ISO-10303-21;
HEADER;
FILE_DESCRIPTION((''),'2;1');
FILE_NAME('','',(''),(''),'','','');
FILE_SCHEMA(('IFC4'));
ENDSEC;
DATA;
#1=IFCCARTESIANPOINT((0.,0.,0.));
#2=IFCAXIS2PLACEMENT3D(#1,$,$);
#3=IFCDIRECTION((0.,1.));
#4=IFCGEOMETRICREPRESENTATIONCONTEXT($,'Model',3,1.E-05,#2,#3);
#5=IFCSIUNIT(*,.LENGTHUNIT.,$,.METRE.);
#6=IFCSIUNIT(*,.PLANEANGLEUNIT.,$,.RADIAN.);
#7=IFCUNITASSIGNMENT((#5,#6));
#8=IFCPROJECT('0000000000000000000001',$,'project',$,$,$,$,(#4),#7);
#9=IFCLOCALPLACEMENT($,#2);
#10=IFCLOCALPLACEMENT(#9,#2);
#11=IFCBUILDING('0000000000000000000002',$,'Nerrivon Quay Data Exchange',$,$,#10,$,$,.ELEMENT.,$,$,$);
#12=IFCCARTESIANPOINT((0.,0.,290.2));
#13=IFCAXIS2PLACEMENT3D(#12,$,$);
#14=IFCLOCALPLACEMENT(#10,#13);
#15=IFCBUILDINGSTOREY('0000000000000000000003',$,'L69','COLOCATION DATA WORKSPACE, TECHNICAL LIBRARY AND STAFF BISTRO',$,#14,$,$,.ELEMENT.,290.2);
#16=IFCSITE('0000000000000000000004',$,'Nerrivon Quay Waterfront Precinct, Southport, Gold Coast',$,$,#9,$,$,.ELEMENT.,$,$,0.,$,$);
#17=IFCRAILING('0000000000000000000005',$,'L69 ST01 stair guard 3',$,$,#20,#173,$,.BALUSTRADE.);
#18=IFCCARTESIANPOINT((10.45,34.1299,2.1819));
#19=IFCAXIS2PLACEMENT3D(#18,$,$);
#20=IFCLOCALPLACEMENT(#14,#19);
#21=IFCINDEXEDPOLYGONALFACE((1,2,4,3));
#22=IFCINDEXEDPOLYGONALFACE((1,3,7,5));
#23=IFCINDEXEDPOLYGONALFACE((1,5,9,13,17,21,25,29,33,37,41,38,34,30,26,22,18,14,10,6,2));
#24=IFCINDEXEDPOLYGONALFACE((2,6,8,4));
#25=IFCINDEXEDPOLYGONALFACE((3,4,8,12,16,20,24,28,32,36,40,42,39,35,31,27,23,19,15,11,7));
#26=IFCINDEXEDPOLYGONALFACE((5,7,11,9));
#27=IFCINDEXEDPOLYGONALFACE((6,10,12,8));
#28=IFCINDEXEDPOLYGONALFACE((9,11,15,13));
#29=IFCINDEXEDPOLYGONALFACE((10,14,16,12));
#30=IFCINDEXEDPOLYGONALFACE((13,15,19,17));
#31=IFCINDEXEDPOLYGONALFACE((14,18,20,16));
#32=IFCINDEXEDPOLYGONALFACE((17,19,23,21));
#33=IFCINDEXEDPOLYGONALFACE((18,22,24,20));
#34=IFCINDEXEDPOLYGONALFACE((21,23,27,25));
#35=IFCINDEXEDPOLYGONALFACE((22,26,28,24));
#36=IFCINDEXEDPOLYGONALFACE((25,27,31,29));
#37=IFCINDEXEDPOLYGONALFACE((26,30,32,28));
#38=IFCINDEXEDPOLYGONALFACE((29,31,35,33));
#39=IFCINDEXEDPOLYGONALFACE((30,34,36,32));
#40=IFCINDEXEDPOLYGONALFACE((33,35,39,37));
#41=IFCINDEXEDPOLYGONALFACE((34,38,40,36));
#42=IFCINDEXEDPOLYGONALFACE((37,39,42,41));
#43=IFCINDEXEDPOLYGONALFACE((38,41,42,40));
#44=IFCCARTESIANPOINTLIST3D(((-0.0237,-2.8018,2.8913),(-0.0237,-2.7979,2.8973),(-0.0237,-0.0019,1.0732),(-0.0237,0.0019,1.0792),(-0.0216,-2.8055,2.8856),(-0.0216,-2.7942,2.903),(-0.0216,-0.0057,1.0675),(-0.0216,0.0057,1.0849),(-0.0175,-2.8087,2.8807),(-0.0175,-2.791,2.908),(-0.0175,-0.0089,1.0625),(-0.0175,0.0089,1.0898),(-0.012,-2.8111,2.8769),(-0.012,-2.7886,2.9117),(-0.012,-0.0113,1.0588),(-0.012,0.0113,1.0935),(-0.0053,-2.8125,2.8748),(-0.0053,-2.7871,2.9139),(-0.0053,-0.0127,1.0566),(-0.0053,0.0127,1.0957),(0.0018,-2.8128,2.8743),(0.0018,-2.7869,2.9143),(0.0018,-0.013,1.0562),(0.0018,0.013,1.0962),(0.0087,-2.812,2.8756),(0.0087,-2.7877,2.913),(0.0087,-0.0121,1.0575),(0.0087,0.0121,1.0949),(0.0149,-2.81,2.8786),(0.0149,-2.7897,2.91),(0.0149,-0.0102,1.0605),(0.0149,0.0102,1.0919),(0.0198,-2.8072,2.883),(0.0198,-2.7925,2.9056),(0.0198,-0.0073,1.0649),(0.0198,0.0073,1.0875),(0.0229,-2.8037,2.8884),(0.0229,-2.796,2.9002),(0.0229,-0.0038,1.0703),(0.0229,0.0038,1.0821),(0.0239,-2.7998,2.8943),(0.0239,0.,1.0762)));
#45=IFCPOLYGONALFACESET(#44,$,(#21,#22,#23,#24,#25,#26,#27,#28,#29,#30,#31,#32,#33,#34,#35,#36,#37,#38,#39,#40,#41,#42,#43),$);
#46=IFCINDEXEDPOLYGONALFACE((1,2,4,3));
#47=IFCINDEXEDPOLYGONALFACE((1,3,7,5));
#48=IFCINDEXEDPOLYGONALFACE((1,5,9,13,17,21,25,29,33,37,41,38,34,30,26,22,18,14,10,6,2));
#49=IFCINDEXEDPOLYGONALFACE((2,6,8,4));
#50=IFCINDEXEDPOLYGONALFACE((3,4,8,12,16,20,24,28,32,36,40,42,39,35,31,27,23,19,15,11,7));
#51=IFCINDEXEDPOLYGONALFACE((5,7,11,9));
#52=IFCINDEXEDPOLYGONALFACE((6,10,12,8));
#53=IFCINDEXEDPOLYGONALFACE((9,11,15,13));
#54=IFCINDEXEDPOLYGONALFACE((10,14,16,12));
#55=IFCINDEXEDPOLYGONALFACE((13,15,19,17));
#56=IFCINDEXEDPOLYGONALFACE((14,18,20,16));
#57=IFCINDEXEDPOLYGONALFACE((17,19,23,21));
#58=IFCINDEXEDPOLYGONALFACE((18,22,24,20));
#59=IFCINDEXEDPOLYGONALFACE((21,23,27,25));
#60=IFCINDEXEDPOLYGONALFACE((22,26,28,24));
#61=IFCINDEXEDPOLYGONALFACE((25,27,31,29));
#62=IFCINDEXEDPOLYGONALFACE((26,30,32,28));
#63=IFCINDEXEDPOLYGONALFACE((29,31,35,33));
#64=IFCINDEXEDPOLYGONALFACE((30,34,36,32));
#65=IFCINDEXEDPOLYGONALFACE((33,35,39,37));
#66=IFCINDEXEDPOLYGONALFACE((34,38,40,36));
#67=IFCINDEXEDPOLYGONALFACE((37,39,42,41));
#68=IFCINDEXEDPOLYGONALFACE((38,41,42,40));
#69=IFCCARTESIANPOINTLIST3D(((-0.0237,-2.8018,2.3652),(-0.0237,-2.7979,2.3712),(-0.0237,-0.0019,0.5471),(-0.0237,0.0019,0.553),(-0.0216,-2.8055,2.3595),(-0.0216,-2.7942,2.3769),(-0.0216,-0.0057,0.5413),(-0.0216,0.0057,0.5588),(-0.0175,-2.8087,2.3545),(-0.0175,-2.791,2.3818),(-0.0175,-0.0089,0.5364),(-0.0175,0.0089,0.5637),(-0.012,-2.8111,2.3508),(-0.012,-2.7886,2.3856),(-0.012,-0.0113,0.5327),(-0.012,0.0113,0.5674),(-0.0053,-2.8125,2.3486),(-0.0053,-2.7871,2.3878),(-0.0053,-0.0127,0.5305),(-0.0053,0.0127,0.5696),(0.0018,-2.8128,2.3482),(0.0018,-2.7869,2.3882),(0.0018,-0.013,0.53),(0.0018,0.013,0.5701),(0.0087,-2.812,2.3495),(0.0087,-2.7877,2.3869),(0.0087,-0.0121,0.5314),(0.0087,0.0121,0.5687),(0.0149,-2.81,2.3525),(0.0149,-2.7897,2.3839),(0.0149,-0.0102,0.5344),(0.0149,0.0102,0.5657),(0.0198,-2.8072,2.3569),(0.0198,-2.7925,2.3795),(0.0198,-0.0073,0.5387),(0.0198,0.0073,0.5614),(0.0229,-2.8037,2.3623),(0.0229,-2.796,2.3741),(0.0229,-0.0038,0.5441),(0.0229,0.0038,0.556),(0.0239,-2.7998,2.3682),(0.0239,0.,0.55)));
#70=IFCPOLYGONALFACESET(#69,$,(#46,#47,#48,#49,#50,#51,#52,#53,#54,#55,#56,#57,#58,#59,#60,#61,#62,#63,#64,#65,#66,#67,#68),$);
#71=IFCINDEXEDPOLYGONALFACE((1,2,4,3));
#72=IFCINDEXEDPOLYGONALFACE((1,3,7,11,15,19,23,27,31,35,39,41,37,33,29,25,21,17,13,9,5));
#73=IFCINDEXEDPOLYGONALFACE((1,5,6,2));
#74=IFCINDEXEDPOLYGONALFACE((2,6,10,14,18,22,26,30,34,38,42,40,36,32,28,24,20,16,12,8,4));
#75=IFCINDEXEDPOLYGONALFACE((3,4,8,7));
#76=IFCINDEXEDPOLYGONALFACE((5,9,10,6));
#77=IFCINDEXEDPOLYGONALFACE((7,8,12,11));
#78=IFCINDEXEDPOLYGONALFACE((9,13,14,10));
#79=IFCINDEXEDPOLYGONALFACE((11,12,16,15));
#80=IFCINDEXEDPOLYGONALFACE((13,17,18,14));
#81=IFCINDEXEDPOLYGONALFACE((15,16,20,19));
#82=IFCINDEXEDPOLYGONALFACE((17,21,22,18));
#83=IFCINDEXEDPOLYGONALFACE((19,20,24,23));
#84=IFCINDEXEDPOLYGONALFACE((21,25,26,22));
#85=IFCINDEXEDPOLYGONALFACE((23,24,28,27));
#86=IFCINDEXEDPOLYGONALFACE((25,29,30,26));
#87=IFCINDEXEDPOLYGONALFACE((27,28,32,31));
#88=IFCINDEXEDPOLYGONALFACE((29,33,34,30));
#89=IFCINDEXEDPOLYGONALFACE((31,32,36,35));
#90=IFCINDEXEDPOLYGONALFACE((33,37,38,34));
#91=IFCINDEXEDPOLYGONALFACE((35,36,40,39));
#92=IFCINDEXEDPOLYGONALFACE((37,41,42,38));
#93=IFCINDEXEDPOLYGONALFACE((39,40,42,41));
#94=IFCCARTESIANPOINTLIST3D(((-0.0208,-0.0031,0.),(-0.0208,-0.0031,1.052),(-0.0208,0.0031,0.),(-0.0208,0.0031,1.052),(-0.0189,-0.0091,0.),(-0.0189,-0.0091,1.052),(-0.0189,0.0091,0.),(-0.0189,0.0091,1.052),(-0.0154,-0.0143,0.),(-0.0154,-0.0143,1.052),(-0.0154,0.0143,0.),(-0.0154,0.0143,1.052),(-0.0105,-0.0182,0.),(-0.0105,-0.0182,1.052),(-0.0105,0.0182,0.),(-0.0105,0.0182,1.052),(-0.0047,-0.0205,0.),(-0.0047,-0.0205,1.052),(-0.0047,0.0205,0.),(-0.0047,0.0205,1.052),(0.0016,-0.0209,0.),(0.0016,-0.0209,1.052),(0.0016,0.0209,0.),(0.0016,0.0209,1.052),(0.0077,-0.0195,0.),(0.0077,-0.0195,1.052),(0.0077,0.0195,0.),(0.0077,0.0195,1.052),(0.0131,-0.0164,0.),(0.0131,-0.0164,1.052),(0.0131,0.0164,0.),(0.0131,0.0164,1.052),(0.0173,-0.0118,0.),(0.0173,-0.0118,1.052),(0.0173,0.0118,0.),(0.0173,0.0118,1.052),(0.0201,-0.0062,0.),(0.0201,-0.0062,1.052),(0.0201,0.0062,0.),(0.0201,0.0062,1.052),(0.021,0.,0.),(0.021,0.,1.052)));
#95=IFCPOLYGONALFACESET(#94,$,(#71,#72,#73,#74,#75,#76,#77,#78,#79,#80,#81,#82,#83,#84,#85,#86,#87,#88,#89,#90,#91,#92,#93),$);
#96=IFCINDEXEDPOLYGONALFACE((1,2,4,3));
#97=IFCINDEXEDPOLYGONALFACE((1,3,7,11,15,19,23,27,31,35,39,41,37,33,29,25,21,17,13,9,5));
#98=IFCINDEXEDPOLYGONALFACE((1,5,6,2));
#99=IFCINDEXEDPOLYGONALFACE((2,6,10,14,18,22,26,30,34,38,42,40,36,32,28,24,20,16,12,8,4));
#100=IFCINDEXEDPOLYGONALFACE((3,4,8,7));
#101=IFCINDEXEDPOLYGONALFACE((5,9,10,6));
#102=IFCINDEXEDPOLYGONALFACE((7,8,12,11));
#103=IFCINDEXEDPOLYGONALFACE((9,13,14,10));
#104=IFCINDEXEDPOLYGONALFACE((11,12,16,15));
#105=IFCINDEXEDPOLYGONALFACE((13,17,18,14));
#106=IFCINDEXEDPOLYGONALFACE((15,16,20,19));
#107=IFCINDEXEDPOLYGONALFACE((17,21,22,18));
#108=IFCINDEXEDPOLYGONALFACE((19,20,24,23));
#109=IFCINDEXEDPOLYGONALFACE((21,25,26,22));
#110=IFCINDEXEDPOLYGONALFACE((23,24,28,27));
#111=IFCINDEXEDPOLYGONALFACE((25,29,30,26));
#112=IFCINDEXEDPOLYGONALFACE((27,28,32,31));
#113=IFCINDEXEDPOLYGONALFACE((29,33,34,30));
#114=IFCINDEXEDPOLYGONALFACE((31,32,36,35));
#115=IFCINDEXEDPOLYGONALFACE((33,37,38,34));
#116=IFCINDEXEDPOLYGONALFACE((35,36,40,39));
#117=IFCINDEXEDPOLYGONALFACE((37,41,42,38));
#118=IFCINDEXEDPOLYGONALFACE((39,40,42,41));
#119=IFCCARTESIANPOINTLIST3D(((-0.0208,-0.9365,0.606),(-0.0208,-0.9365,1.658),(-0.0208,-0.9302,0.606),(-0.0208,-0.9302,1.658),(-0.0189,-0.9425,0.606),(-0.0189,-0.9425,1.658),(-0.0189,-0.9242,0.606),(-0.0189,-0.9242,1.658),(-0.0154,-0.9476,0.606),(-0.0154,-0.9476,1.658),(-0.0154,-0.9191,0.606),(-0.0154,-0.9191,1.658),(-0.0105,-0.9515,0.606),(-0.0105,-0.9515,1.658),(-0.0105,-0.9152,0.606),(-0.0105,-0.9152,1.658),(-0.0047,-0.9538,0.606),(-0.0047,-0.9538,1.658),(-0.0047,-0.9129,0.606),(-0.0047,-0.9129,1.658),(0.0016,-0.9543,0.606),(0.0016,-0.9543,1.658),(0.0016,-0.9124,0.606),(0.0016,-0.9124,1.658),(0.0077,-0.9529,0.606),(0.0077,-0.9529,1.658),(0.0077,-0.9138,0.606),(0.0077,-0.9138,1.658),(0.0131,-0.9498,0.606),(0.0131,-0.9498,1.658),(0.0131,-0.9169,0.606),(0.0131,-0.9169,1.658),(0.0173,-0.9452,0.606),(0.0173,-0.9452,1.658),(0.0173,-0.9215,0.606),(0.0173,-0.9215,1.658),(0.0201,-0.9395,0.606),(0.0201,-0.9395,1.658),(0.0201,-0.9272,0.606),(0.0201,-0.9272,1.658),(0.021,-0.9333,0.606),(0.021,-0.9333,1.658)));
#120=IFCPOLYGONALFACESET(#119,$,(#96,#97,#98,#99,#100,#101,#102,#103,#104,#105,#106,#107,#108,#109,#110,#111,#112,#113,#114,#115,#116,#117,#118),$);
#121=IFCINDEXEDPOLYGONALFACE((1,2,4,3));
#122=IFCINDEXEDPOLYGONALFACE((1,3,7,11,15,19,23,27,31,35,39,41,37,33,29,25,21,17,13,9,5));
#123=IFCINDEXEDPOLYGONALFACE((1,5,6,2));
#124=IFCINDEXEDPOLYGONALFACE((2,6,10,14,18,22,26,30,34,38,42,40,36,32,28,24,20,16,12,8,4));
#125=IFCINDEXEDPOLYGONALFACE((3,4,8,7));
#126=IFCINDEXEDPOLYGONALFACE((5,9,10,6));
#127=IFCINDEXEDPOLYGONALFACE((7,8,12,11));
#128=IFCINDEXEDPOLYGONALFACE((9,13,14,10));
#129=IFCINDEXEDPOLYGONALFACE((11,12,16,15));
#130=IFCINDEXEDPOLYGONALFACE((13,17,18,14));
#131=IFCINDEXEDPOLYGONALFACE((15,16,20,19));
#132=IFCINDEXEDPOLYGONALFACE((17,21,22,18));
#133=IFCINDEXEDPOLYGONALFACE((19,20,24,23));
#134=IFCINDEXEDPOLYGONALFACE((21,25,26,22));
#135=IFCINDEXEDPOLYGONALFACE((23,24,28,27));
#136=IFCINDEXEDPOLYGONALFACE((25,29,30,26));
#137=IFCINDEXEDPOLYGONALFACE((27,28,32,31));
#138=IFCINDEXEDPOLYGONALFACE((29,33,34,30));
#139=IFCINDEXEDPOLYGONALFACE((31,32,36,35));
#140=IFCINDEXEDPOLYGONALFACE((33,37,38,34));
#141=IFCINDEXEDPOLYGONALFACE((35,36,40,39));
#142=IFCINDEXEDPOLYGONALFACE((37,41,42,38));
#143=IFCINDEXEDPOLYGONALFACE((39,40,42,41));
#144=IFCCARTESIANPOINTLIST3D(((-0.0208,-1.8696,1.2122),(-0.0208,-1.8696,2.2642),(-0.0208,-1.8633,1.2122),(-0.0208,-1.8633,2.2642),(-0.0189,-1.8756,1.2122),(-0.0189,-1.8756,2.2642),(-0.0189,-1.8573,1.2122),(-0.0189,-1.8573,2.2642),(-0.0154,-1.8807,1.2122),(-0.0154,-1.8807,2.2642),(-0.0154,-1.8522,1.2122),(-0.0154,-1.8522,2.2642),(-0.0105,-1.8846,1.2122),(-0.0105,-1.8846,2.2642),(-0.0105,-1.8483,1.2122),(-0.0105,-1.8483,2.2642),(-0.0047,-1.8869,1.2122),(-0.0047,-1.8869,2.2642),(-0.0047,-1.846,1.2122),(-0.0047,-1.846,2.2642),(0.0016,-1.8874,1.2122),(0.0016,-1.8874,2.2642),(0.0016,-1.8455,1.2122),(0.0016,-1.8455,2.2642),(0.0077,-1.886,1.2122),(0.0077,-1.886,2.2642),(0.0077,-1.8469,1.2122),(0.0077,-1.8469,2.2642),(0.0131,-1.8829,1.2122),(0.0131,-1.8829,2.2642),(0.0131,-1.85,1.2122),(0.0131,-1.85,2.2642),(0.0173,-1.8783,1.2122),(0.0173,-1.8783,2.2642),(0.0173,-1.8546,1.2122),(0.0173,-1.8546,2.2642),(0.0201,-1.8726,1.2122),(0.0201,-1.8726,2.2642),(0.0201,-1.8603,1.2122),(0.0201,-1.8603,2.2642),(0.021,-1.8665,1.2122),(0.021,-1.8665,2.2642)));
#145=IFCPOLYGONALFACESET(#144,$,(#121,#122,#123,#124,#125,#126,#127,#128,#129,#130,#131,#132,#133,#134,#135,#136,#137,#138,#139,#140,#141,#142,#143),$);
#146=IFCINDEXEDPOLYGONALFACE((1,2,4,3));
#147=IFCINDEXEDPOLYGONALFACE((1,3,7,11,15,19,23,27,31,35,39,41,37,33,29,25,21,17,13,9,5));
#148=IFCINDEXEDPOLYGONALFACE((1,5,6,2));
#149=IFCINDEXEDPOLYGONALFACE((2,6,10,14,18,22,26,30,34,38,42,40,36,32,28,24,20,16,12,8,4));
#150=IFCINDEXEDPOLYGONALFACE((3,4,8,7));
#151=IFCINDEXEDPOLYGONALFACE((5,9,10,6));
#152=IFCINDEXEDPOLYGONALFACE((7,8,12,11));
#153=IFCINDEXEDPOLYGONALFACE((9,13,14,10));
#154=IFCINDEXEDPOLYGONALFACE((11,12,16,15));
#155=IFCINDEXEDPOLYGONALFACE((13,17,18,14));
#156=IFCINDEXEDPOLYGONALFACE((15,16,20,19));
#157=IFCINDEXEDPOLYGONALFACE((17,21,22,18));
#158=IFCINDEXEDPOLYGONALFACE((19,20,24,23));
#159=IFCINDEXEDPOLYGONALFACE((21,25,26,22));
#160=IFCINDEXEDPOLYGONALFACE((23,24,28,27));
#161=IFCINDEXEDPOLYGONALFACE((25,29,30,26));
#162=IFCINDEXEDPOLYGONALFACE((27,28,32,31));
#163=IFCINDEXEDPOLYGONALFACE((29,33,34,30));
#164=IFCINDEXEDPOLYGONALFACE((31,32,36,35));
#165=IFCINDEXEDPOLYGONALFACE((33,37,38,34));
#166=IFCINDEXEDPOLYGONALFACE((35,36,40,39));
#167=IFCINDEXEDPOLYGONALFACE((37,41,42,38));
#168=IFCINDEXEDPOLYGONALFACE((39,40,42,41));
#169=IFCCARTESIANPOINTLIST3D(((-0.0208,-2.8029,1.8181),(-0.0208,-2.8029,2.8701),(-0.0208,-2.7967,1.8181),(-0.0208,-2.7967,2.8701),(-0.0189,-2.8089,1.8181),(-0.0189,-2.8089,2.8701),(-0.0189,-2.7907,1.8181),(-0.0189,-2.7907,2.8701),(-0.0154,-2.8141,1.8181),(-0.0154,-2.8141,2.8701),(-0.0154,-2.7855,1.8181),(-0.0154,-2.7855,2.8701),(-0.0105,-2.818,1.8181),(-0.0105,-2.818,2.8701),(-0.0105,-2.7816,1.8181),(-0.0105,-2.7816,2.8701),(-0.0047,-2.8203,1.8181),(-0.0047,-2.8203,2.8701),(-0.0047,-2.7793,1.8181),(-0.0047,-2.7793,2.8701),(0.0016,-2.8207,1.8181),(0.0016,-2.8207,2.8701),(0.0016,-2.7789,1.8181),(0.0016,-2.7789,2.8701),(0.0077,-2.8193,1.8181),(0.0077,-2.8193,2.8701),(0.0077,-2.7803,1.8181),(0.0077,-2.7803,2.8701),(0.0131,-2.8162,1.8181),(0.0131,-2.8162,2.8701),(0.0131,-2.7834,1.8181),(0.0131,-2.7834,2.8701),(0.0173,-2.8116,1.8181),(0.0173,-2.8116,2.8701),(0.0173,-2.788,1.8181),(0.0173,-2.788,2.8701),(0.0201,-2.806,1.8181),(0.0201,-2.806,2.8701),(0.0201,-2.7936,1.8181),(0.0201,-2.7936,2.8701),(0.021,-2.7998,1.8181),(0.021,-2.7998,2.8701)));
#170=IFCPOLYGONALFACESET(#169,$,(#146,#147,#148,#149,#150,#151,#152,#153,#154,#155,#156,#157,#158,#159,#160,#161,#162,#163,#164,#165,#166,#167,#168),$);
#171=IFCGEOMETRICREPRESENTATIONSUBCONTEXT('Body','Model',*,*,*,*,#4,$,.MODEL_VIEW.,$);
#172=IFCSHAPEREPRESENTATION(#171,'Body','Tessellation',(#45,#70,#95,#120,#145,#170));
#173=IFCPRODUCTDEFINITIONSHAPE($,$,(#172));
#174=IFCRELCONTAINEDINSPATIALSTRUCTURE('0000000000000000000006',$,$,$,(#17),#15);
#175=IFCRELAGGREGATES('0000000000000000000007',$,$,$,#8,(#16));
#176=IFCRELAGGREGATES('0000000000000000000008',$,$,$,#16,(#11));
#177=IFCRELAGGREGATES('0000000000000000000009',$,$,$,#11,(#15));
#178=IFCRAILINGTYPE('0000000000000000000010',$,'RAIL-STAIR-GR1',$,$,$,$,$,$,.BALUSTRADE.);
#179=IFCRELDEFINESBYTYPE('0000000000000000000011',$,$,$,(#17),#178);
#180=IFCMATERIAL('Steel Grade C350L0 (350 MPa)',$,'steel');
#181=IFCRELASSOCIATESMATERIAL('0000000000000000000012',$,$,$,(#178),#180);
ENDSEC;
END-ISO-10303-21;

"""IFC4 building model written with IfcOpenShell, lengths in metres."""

from ifc_helpers import new_model, si_unit, direction, frame, origin, origin_2d, place, context, subcontext, project, spatial, circle, extrude, material, type_object, element, save


model = new_model("IFC4")

# Units and contexts
model_context = context("Model", 3, precision=1e-05, world=origin(), true_north=direction((0.0, 1.0)))
body_context = subcontext(model_context, "Body", "Model", "MODEL_VIEW")
ifc_project = project(units=[si_unit("LENGTHUNIT", "METRE"), si_unit("PLANEANGLEUNIT", "RADIAN")], contexts=[model_context])

# Site, building, storey
site_placement = place(None, origin())
site = spatial("IfcSite", under=ifc_project, at=site_placement, Name="Nerrivon Quay Waterfront Precinct, Southport, Gold Coast", CompositionType="ELEMENT", RefElevation=0.0)
building_placement = place(site_placement, origin())
building = spatial("IfcBuilding", under=site, at=building_placement, Name="Nerrivon Quay Data Exchange", CompositionType="ELEMENT")
storey_placement = place(building_placement, frame((0.0, 0.0, 290.2)))
storey = spatial("IfcBuildingStorey", under=building, at=storey_placement, Name="L69", Description="COLOCATION DATA WORKSPACE, TECHNICAL LIBRARY AND STAFF BISTRO", CompositionType="ELEMENT", Elevation=290.2)

# Shared definitions
ifc_material_1 = material(Name="Steel Grade C350L0 (350 MPa)", Category="steel")

# Railing
railing_type_1 = type_object("IfcRailingType", Name="RAIL-STAIR-GR1", PredefinedType="BALUSTRADE", material=ifc_material_1)
railing_1_placement = place(storey_placement, frame((10.45, 34.1299, 2.1819)))
element("IfcRailing", 1, at=railing_1_placement, inside=storey, type_object=railing_type_1, Name="L69 ST01 stair guard 3", PredefinedType="BALUSTRADE", context=body_context, shape_type="SweptSolid", body=[
    extrude(circle(Radius=0.0239, at=origin_2d()), frame((0.0, 0.0, 1.0762), z_axis=(0.0, -0.838684, 0.544618), x_axis=(1.0, 0.0, 0.0)), (0.0, 0.0, 1.0), 3.3384),
    extrude(circle(Radius=0.0239, at=origin_2d()), frame((0.0, 0.0, 0.55), z_axis=(0.0, -0.838684, 0.544618), x_axis=(1.0, 0.0, 0.0)), (0.0, 0.0, 1.0), 3.3384),
    extrude(circle(Radius=0.021, at=origin_2d()), origin(), (0.0, 0.0, 1.0), 1.052),
    extrude(circle(Radius=0.021, at=origin_2d()), frame((0.0, -0.9333, 0.606)), (0.0, 0.0, 1.0), 1.052),
    extrude(circle(Radius=0.021, at=origin_2d()), frame((0.0, -1.8665, 1.2122)), (0.0, 0.0, 1.0), 1.052),
    extrude(circle(Radius=0.021, at=origin_2d()), frame((0.0, -2.7998, 1.8181)), (0.0, 0.0, 1.0), 1.052),
])

save(model, "model.ifc")
